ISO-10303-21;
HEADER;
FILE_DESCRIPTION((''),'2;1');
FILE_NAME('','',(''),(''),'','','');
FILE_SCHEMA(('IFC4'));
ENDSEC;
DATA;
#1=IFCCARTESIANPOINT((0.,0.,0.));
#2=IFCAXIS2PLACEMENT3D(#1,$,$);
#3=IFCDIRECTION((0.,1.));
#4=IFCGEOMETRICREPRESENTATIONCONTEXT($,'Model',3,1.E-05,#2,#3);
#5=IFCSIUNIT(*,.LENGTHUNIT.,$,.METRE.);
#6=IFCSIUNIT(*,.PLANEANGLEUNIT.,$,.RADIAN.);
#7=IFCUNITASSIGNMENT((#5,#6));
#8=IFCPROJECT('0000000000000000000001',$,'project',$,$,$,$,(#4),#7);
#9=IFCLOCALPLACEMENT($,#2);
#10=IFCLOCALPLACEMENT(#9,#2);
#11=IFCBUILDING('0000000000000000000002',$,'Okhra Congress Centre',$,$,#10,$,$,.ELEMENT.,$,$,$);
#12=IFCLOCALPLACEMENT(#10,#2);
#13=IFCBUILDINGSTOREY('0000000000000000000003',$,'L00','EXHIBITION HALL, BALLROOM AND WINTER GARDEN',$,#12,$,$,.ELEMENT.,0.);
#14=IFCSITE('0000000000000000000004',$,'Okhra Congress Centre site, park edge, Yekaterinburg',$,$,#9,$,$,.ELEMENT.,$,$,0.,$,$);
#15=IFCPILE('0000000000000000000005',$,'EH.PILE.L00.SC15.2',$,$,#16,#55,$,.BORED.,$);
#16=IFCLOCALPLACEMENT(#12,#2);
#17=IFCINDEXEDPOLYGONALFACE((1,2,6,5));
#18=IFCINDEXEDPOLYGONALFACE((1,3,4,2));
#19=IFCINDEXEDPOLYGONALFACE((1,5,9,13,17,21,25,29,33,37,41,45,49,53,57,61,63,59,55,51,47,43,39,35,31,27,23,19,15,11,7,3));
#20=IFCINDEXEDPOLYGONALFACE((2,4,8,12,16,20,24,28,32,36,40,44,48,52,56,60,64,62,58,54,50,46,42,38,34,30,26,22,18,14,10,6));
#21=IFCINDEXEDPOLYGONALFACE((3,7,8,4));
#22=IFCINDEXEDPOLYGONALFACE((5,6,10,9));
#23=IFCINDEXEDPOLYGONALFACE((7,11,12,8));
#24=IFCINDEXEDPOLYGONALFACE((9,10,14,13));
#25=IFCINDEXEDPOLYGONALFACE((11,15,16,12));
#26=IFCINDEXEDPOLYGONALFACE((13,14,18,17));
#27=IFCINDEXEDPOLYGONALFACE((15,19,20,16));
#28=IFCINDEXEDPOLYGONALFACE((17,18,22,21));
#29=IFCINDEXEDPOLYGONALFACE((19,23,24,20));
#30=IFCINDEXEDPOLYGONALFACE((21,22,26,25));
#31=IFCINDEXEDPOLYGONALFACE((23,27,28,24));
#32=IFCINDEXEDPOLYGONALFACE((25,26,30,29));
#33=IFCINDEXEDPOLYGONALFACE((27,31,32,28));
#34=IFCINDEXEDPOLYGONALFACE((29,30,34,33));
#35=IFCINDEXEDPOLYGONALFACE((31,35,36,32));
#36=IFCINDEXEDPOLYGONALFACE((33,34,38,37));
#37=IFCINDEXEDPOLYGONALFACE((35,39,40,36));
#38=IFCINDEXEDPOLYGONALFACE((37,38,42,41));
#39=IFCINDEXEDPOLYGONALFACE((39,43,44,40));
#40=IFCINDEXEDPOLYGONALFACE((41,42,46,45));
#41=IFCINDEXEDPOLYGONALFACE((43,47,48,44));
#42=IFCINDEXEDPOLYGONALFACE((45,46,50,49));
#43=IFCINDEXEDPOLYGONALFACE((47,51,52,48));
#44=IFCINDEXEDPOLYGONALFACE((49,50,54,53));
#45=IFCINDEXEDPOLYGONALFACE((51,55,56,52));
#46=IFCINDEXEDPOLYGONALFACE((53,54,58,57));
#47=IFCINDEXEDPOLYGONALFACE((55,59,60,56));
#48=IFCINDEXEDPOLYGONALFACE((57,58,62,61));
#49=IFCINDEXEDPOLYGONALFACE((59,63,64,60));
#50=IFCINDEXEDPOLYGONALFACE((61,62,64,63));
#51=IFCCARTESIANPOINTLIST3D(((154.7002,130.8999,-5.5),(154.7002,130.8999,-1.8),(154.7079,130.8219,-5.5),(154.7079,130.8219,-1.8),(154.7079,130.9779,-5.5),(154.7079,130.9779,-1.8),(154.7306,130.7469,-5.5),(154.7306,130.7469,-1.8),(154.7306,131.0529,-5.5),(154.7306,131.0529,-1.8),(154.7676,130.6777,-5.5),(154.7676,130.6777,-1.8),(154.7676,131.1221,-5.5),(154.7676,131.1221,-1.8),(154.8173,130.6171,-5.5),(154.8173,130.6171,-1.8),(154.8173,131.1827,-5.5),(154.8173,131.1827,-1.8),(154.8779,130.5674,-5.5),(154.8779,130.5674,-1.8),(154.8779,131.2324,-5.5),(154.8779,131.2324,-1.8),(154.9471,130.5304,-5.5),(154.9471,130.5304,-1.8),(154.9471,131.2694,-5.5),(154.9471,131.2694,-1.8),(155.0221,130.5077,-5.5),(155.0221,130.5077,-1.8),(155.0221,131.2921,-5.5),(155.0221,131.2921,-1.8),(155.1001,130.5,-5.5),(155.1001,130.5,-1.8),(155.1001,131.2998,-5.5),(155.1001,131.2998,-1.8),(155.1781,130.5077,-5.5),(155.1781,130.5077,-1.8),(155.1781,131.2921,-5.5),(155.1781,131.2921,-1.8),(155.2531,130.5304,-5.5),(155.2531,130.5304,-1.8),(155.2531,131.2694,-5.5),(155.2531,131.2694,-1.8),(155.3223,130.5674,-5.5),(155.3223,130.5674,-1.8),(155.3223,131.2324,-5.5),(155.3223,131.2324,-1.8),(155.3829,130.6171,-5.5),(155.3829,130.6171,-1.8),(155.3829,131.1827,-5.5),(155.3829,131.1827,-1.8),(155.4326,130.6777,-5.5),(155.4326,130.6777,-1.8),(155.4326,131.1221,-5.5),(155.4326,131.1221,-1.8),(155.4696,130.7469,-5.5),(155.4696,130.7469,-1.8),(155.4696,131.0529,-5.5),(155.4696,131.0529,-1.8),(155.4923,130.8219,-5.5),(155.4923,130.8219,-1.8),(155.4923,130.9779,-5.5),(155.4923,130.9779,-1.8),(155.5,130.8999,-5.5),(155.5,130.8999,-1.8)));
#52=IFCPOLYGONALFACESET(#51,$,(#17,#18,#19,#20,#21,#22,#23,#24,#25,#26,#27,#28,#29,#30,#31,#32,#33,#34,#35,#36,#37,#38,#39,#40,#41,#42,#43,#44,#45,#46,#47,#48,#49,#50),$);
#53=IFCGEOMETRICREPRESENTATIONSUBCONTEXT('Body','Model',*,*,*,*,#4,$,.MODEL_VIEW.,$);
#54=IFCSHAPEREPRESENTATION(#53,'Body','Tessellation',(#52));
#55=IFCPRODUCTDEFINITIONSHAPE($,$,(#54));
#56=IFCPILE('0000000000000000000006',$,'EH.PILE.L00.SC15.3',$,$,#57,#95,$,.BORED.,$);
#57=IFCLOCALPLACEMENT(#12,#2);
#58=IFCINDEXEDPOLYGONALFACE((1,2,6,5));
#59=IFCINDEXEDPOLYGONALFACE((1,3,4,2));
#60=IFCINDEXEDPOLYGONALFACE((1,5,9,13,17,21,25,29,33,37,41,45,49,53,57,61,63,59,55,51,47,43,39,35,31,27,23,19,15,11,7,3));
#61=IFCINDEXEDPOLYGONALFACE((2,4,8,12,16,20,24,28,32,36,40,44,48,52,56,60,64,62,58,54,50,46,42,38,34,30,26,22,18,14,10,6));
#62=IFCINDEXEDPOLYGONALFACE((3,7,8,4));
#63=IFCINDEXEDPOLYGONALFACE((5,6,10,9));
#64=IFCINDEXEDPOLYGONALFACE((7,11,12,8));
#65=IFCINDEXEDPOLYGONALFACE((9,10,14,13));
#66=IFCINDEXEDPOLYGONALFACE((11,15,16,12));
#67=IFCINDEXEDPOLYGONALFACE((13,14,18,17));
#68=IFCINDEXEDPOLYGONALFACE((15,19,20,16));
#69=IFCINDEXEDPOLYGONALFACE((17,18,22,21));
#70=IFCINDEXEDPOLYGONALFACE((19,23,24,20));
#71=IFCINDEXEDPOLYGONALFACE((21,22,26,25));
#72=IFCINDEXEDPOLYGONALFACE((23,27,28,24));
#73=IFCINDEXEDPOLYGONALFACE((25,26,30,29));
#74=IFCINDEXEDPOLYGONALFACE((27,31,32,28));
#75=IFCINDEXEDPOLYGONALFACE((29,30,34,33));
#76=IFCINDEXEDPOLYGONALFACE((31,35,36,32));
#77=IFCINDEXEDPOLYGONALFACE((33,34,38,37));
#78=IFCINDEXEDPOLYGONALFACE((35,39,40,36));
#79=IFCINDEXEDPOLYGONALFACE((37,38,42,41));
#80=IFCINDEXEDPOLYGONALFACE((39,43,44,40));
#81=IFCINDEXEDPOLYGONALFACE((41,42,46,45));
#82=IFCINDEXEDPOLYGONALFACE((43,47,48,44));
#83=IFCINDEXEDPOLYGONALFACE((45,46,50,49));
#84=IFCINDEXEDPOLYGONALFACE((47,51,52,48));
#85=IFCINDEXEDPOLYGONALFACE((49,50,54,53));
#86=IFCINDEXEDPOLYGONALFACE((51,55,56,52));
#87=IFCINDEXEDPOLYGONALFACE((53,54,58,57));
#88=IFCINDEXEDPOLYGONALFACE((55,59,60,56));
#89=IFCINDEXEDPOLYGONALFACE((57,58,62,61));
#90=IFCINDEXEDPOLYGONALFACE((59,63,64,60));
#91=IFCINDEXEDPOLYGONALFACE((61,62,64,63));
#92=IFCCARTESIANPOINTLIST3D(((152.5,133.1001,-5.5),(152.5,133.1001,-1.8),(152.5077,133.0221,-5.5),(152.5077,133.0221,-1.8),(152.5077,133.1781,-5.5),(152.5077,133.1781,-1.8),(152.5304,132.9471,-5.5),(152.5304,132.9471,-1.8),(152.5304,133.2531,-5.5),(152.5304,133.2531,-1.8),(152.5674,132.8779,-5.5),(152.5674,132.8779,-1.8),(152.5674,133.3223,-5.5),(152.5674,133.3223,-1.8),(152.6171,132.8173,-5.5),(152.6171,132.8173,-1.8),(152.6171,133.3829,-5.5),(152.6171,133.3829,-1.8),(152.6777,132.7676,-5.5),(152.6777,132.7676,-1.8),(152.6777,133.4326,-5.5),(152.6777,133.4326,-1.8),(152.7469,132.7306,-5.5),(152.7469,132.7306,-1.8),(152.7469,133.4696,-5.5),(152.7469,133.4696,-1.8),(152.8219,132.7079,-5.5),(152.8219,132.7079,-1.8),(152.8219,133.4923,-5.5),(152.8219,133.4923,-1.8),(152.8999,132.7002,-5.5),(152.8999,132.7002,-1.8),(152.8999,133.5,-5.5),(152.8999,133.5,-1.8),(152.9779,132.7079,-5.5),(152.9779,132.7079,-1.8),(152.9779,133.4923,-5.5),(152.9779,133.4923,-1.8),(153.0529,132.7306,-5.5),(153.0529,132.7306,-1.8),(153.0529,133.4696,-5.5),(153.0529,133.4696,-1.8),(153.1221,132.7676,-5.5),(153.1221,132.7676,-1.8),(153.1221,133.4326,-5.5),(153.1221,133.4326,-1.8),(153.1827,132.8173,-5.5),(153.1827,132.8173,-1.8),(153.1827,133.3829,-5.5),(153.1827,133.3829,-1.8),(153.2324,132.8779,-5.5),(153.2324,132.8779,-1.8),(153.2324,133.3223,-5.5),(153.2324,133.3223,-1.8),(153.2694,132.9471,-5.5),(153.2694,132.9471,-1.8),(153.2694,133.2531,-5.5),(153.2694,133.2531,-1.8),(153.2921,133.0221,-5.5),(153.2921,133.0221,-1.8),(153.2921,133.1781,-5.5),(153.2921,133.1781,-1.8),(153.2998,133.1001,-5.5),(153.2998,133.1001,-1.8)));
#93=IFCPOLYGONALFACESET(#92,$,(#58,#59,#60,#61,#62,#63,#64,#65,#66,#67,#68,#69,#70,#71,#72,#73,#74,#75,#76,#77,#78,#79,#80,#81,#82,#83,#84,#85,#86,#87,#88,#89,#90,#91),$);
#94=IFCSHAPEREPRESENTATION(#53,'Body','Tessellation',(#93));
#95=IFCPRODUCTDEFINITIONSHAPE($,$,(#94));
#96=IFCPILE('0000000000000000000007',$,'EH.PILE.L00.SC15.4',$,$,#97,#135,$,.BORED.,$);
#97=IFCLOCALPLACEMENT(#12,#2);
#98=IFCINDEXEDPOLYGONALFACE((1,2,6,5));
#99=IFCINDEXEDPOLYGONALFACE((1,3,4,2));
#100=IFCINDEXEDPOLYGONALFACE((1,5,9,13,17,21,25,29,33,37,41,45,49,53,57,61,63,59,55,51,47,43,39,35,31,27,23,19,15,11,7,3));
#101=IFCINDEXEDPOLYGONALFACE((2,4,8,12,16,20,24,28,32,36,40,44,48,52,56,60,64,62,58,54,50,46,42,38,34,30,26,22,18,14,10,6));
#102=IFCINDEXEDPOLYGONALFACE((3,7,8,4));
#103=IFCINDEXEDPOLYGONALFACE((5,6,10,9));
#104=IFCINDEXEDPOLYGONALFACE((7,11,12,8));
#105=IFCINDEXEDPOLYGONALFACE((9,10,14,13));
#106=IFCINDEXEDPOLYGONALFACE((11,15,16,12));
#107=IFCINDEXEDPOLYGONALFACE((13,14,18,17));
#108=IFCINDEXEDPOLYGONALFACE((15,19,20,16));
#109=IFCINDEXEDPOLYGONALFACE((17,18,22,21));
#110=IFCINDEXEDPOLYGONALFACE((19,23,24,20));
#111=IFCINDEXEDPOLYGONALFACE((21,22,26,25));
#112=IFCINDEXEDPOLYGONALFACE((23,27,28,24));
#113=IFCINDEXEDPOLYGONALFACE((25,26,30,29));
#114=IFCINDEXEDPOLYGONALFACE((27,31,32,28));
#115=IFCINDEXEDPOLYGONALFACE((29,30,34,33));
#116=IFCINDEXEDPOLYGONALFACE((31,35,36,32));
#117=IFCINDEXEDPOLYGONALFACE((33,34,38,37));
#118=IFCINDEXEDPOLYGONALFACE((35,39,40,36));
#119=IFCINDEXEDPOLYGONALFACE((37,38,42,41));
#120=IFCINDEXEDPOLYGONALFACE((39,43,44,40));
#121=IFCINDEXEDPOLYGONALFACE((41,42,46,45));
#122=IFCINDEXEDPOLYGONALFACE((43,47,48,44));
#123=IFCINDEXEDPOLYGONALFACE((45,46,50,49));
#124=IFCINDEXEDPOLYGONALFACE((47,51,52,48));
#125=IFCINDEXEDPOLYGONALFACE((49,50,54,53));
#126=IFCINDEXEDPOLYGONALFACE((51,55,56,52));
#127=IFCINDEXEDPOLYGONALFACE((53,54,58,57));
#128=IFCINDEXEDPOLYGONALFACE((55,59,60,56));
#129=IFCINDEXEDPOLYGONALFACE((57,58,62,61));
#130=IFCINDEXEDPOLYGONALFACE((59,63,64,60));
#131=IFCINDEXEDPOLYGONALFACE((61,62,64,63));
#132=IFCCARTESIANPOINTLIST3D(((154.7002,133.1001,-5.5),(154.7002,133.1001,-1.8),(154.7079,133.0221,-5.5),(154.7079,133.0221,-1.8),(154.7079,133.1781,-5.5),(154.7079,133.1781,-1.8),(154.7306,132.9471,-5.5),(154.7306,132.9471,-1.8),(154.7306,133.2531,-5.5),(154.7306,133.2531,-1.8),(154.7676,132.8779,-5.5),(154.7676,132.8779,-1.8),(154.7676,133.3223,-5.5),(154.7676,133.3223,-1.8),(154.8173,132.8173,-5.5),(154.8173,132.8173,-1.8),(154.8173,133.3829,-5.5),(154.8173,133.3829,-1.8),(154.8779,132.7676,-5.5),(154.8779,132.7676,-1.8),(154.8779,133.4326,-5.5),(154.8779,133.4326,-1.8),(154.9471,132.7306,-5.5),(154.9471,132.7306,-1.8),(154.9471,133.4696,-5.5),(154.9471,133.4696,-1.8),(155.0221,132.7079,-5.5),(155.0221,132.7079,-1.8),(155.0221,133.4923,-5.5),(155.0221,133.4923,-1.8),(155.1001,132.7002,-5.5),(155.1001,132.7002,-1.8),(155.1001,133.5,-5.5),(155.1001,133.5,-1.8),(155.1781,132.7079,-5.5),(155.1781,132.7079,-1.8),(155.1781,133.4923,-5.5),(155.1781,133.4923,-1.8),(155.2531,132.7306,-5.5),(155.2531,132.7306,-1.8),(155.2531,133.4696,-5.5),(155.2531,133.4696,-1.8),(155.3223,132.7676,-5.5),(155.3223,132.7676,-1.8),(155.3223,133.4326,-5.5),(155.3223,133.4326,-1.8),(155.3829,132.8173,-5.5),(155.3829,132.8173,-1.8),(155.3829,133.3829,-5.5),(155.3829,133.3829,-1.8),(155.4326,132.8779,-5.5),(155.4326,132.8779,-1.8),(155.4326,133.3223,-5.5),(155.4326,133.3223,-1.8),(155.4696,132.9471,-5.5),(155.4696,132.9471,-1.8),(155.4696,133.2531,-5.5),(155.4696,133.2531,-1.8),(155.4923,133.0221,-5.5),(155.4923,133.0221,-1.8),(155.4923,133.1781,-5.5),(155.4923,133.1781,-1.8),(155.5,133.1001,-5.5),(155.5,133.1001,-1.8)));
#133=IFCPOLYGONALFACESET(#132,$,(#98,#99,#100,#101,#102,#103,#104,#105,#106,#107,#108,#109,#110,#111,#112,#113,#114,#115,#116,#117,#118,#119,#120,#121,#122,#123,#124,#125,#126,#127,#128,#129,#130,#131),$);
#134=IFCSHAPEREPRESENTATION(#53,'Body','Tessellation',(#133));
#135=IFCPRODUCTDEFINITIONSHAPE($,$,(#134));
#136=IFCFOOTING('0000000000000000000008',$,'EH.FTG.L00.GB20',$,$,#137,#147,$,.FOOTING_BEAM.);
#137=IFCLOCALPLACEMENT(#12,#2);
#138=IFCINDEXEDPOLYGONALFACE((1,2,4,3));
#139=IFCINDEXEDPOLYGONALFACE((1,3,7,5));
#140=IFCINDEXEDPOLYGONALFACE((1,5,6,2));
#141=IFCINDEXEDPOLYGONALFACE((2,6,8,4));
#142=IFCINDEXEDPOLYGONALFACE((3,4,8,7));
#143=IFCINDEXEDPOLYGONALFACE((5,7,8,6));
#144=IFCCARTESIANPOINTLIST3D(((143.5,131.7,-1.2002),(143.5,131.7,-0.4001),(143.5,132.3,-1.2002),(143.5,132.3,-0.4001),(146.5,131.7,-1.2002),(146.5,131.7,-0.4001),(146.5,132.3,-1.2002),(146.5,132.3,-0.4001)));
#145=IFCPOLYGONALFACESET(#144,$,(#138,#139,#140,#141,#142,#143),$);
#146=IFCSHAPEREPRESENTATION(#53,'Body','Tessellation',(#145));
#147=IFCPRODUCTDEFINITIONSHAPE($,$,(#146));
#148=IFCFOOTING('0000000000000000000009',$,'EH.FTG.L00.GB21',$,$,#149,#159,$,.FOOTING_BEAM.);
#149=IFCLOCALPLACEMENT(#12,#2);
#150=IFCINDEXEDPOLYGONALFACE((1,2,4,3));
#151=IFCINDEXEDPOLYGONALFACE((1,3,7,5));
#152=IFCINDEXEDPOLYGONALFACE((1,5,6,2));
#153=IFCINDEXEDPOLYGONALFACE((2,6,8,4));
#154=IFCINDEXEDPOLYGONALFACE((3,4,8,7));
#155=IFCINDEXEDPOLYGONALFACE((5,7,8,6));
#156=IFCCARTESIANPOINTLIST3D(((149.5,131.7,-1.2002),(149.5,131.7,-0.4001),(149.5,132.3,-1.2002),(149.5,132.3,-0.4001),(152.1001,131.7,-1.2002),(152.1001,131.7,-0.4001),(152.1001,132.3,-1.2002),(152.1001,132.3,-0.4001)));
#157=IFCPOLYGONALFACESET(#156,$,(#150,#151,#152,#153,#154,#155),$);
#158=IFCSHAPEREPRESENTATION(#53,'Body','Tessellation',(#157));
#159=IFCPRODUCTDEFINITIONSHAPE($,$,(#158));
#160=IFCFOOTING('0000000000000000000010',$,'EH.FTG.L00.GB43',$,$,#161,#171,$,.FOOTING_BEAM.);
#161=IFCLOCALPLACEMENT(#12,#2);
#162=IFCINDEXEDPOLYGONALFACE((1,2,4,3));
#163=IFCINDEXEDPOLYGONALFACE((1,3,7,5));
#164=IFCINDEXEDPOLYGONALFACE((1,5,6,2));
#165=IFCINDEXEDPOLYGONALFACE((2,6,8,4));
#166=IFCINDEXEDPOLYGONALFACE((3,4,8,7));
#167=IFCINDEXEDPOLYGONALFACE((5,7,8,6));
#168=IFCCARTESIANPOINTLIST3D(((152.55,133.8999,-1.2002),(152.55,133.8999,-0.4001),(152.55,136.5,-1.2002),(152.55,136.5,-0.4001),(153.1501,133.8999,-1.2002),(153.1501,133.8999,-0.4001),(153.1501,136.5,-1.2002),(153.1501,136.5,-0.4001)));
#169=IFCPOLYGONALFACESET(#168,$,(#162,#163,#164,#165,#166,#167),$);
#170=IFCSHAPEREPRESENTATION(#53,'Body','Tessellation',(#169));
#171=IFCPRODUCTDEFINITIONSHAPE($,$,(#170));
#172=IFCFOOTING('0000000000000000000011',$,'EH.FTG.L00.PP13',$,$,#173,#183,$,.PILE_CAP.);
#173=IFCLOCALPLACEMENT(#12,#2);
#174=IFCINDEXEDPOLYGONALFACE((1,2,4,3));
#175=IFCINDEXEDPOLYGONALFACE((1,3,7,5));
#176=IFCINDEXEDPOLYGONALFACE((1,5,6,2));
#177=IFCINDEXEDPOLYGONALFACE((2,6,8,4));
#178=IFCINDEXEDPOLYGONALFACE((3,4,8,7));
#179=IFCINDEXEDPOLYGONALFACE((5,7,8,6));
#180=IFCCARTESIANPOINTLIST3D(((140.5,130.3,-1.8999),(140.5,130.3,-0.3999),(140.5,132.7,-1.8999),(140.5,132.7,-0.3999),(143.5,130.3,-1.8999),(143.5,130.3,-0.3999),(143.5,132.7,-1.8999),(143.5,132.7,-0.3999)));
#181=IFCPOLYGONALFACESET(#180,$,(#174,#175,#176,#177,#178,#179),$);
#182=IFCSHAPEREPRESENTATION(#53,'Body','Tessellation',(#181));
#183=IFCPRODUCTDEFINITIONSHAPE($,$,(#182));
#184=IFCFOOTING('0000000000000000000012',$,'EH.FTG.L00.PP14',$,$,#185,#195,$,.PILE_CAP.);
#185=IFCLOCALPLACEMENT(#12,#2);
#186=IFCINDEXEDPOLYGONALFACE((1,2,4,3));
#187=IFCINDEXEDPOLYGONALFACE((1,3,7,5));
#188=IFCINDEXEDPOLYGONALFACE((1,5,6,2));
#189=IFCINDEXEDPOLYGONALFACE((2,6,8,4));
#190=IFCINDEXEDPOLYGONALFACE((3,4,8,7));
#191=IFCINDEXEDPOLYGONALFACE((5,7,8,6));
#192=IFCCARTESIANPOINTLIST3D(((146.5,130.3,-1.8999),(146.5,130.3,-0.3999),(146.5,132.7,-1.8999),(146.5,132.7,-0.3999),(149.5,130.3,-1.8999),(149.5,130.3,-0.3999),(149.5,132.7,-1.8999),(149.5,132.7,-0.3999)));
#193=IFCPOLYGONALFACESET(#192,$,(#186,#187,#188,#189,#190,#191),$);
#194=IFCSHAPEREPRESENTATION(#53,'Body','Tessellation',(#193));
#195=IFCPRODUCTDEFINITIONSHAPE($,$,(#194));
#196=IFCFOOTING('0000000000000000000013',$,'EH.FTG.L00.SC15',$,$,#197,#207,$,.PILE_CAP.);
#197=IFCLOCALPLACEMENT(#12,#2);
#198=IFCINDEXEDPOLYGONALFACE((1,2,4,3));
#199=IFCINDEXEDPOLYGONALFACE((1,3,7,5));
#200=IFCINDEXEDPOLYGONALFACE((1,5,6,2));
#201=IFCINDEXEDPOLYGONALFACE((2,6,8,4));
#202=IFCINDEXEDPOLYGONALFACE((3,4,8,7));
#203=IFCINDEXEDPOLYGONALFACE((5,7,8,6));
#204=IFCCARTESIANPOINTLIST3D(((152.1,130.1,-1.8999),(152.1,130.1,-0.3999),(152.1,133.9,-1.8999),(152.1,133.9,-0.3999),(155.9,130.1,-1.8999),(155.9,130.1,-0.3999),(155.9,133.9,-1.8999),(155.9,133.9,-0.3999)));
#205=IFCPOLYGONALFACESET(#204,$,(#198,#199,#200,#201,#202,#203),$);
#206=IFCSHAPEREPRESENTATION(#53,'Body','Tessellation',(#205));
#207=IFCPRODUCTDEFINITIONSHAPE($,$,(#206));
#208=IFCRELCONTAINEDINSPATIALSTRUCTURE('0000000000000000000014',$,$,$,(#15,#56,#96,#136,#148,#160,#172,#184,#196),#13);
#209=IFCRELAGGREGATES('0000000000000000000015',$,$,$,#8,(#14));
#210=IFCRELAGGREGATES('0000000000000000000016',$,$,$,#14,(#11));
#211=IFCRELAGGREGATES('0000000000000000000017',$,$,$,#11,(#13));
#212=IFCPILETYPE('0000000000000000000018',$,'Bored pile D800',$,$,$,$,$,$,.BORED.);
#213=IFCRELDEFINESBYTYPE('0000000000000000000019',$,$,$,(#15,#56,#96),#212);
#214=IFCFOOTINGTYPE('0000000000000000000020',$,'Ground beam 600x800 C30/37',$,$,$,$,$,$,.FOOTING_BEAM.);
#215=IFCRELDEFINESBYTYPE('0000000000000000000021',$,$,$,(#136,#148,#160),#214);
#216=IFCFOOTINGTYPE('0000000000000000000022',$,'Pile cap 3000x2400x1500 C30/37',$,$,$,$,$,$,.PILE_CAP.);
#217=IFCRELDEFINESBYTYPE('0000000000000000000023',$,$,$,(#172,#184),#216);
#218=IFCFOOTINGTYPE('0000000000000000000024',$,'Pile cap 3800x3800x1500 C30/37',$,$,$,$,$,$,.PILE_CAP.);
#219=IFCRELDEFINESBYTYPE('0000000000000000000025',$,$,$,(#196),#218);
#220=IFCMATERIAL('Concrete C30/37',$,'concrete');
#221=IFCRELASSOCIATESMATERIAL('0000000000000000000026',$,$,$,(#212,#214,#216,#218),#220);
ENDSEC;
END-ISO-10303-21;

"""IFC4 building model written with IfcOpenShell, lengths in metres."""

from ifc_helpers import new_model, si_unit, direction, frame, origin, origin_2d, place, context, subcontext, project, spatial, rectangle, circle, extrude, material, material_profile, profile_set, type_object, element, save


model = new_model("IFC4")

# Units and contexts
model_context = context("Model", 3, precision=1e-05, world=origin(), true_north=direction((0.0, 1.0)))
body_context = subcontext(model_context, "Body", "Model", "MODEL_VIEW")
ifc_project = project(units=[si_unit("LENGTHUNIT", "METRE"), si_unit("PLANEANGLEUNIT", "RADIAN")], contexts=[model_context])

# Site, building, storey
site_placement = place(None, origin())
site = spatial("IfcSite", under=ifc_project, at=site_placement, Name="Okhra Congress Centre site, park edge, Yekaterinburg", CompositionType="ELEMENT", RefElevation=0.0)
building_placement = place(site_placement, origin())
building = spatial("IfcBuilding", under=site, at=building_placement, Name="Okhra Congress Centre", CompositionType="ELEMENT")
storey_placement = place(building_placement, origin())
storey = spatial("IfcBuildingStorey", under=building, at=storey_placement, Name="L00", Description="EXHIBITION HALL, BALLROOM AND WINTER GARDEN", CompositionType="ELEMENT", Elevation=0.0)

# Piles
ifc_material_1 = material(Name="Concrete C30/37", Category="concrete")
ifc_material_profile_1 = material_profile(ifc_material_1, circle(Radius=0.3999, at=origin_2d()), Name="D800")
ifc_profile_set_1 = profile_set([ifc_material_profile_1], Name="Concrete C30/37")
pile_type_1 = type_object("IfcPileType", Name="Bored pile D800", PredefinedType="BORED", material=ifc_profile_set_1)
for number, where, z_axis, x_axis, name in (
    (1, (155.1001, 130.8999, -1.8), (0.0, 0.0, -1.0), (1.0, 0.0, 0.0), "EH.PILE.L00.SC15.2"),
    (2, (152.8999, 133.1001, -1.8), (0.0, 0.0, -1.0), (1.0, 0.0, 0.0), "EH.PILE.L00.SC15.3"),
    (3, (155.1001, 133.1001, -1.8), (0.0, 0.0, -1.0), (1.0, 0.0, 0.0), "EH.PILE.L00.SC15.4"),
):
    element("IfcPile", number, at=place(storey_placement, frame(where, z_axis=z_axis, x_axis=x_axis)), inside=storey, type_object=pile_type_1, Name=name, PredefinedType="BORED", context=body_context, shape_type="SweptSolid", body=[
        extrude(circle(Radius=0.3999, at=origin_2d()), origin(), (0.0, 0.0, 1.0), 3.7),
    ])

# Footings
footing_type_1 = type_object("IfcFootingType", Name="Ground beam 600x800 C30/37", PredefinedType="FOOTING_BEAM", material=ifc_material_1)
footing_1_placement = place(storey_placement, frame((145.0, 132.0, -1.2002), z_axis=(0.0, 0.0, 1.0), x_axis=(1.0, 0.0, 0.0)))
element("IfcFooting", 4, at=footing_1_placement, inside=storey, type_object=footing_type_1, Name="EH.FTG.L00.GB20", PredefinedType="FOOTING_BEAM", context=body_context, shape_type="SweptSolid", body=[
    extrude(rectangle(XDim=3.0, YDim=0.6001, at=origin_2d()), origin(), (0.0, 0.0, 1.0), 0.8),
])
for number, where, z_axis, x_axis, name in (
    (5, (150.8, 132.0, -1.2002), (0.0, 0.0, 1.0), (1.0, 0.0, 0.0), "EH.FTG.L00.GB21"),
    (6, (152.8501, 135.2, -1.2002), (0.0, 0.0, 1.0), (0.0, 1.0, 0.0), "EH.FTG.L00.GB43"),
):
    element("IfcFooting", number, at=place(storey_placement, frame(where, z_axis=z_axis, x_axis=x_axis)), inside=storey, type_object=footing_type_1, Name=name, PredefinedType="FOOTING_BEAM", context=body_context, shape_type="SweptSolid", body=[
        extrude(rectangle(XDim=2.6001, YDim=0.6001, at=origin_2d()), origin(), (0.0, 0.0, 1.0), 0.8),
    ])
footing_type_2 = type_object("IfcFootingType", Name="Pile cap 3000x2400x1500 C30/37", PredefinedType="PILE_CAP", material=ifc_material_1)
for number, where, z_axis, x_axis, name in (
    (7, (142.0, 131.5, -1.8999), (0.0, 0.0, 1.0), (1.0, 0.0, 0.0), "EH.FTG.L00.PP13"),
    (8, (148.0, 131.5, -1.8999), (0.0, 0.0, 1.0), (1.0, 0.0, 0.0), "EH.FTG.L00.PP14"),
):
    element("IfcFooting", number, at=place(storey_placement, frame(where, z_axis=z_axis, x_axis=x_axis)), inside=storey, type_object=footing_type_2, Name=name, PredefinedType="PILE_CAP", context=body_context, shape_type="SweptSolid", body=[
        extrude(rectangle(XDim=3.0, YDim=2.3999, at=origin_2d()), origin(), (0.0, 0.0, 1.0), 1.5),
    ])
footing_type_3 = type_object("IfcFootingType", Name="Pile cap 3800x3800x1500 C30/37", PredefinedType="PILE_CAP", material=ifc_material_1)
footing_2_placement = place(storey_placement, frame((154.0, 132.0, -1.8999), z_axis=(0.0, 0.0, 1.0), x_axis=(1.0, 0.0, 0.0)))
element("IfcFooting", 9, at=footing_2_placement, inside=storey, type_object=footing_type_3, Name="EH.FTG.L00.SC15", PredefinedType="PILE_CAP", context=body_context, shape_type="SweptSolid", body=[
    extrude(rectangle(XDim=3.8, YDim=3.8, at=origin_2d()), origin(), (0.0, 0.0, 1.0), 1.5),
])

save(model, "model.ifc")
